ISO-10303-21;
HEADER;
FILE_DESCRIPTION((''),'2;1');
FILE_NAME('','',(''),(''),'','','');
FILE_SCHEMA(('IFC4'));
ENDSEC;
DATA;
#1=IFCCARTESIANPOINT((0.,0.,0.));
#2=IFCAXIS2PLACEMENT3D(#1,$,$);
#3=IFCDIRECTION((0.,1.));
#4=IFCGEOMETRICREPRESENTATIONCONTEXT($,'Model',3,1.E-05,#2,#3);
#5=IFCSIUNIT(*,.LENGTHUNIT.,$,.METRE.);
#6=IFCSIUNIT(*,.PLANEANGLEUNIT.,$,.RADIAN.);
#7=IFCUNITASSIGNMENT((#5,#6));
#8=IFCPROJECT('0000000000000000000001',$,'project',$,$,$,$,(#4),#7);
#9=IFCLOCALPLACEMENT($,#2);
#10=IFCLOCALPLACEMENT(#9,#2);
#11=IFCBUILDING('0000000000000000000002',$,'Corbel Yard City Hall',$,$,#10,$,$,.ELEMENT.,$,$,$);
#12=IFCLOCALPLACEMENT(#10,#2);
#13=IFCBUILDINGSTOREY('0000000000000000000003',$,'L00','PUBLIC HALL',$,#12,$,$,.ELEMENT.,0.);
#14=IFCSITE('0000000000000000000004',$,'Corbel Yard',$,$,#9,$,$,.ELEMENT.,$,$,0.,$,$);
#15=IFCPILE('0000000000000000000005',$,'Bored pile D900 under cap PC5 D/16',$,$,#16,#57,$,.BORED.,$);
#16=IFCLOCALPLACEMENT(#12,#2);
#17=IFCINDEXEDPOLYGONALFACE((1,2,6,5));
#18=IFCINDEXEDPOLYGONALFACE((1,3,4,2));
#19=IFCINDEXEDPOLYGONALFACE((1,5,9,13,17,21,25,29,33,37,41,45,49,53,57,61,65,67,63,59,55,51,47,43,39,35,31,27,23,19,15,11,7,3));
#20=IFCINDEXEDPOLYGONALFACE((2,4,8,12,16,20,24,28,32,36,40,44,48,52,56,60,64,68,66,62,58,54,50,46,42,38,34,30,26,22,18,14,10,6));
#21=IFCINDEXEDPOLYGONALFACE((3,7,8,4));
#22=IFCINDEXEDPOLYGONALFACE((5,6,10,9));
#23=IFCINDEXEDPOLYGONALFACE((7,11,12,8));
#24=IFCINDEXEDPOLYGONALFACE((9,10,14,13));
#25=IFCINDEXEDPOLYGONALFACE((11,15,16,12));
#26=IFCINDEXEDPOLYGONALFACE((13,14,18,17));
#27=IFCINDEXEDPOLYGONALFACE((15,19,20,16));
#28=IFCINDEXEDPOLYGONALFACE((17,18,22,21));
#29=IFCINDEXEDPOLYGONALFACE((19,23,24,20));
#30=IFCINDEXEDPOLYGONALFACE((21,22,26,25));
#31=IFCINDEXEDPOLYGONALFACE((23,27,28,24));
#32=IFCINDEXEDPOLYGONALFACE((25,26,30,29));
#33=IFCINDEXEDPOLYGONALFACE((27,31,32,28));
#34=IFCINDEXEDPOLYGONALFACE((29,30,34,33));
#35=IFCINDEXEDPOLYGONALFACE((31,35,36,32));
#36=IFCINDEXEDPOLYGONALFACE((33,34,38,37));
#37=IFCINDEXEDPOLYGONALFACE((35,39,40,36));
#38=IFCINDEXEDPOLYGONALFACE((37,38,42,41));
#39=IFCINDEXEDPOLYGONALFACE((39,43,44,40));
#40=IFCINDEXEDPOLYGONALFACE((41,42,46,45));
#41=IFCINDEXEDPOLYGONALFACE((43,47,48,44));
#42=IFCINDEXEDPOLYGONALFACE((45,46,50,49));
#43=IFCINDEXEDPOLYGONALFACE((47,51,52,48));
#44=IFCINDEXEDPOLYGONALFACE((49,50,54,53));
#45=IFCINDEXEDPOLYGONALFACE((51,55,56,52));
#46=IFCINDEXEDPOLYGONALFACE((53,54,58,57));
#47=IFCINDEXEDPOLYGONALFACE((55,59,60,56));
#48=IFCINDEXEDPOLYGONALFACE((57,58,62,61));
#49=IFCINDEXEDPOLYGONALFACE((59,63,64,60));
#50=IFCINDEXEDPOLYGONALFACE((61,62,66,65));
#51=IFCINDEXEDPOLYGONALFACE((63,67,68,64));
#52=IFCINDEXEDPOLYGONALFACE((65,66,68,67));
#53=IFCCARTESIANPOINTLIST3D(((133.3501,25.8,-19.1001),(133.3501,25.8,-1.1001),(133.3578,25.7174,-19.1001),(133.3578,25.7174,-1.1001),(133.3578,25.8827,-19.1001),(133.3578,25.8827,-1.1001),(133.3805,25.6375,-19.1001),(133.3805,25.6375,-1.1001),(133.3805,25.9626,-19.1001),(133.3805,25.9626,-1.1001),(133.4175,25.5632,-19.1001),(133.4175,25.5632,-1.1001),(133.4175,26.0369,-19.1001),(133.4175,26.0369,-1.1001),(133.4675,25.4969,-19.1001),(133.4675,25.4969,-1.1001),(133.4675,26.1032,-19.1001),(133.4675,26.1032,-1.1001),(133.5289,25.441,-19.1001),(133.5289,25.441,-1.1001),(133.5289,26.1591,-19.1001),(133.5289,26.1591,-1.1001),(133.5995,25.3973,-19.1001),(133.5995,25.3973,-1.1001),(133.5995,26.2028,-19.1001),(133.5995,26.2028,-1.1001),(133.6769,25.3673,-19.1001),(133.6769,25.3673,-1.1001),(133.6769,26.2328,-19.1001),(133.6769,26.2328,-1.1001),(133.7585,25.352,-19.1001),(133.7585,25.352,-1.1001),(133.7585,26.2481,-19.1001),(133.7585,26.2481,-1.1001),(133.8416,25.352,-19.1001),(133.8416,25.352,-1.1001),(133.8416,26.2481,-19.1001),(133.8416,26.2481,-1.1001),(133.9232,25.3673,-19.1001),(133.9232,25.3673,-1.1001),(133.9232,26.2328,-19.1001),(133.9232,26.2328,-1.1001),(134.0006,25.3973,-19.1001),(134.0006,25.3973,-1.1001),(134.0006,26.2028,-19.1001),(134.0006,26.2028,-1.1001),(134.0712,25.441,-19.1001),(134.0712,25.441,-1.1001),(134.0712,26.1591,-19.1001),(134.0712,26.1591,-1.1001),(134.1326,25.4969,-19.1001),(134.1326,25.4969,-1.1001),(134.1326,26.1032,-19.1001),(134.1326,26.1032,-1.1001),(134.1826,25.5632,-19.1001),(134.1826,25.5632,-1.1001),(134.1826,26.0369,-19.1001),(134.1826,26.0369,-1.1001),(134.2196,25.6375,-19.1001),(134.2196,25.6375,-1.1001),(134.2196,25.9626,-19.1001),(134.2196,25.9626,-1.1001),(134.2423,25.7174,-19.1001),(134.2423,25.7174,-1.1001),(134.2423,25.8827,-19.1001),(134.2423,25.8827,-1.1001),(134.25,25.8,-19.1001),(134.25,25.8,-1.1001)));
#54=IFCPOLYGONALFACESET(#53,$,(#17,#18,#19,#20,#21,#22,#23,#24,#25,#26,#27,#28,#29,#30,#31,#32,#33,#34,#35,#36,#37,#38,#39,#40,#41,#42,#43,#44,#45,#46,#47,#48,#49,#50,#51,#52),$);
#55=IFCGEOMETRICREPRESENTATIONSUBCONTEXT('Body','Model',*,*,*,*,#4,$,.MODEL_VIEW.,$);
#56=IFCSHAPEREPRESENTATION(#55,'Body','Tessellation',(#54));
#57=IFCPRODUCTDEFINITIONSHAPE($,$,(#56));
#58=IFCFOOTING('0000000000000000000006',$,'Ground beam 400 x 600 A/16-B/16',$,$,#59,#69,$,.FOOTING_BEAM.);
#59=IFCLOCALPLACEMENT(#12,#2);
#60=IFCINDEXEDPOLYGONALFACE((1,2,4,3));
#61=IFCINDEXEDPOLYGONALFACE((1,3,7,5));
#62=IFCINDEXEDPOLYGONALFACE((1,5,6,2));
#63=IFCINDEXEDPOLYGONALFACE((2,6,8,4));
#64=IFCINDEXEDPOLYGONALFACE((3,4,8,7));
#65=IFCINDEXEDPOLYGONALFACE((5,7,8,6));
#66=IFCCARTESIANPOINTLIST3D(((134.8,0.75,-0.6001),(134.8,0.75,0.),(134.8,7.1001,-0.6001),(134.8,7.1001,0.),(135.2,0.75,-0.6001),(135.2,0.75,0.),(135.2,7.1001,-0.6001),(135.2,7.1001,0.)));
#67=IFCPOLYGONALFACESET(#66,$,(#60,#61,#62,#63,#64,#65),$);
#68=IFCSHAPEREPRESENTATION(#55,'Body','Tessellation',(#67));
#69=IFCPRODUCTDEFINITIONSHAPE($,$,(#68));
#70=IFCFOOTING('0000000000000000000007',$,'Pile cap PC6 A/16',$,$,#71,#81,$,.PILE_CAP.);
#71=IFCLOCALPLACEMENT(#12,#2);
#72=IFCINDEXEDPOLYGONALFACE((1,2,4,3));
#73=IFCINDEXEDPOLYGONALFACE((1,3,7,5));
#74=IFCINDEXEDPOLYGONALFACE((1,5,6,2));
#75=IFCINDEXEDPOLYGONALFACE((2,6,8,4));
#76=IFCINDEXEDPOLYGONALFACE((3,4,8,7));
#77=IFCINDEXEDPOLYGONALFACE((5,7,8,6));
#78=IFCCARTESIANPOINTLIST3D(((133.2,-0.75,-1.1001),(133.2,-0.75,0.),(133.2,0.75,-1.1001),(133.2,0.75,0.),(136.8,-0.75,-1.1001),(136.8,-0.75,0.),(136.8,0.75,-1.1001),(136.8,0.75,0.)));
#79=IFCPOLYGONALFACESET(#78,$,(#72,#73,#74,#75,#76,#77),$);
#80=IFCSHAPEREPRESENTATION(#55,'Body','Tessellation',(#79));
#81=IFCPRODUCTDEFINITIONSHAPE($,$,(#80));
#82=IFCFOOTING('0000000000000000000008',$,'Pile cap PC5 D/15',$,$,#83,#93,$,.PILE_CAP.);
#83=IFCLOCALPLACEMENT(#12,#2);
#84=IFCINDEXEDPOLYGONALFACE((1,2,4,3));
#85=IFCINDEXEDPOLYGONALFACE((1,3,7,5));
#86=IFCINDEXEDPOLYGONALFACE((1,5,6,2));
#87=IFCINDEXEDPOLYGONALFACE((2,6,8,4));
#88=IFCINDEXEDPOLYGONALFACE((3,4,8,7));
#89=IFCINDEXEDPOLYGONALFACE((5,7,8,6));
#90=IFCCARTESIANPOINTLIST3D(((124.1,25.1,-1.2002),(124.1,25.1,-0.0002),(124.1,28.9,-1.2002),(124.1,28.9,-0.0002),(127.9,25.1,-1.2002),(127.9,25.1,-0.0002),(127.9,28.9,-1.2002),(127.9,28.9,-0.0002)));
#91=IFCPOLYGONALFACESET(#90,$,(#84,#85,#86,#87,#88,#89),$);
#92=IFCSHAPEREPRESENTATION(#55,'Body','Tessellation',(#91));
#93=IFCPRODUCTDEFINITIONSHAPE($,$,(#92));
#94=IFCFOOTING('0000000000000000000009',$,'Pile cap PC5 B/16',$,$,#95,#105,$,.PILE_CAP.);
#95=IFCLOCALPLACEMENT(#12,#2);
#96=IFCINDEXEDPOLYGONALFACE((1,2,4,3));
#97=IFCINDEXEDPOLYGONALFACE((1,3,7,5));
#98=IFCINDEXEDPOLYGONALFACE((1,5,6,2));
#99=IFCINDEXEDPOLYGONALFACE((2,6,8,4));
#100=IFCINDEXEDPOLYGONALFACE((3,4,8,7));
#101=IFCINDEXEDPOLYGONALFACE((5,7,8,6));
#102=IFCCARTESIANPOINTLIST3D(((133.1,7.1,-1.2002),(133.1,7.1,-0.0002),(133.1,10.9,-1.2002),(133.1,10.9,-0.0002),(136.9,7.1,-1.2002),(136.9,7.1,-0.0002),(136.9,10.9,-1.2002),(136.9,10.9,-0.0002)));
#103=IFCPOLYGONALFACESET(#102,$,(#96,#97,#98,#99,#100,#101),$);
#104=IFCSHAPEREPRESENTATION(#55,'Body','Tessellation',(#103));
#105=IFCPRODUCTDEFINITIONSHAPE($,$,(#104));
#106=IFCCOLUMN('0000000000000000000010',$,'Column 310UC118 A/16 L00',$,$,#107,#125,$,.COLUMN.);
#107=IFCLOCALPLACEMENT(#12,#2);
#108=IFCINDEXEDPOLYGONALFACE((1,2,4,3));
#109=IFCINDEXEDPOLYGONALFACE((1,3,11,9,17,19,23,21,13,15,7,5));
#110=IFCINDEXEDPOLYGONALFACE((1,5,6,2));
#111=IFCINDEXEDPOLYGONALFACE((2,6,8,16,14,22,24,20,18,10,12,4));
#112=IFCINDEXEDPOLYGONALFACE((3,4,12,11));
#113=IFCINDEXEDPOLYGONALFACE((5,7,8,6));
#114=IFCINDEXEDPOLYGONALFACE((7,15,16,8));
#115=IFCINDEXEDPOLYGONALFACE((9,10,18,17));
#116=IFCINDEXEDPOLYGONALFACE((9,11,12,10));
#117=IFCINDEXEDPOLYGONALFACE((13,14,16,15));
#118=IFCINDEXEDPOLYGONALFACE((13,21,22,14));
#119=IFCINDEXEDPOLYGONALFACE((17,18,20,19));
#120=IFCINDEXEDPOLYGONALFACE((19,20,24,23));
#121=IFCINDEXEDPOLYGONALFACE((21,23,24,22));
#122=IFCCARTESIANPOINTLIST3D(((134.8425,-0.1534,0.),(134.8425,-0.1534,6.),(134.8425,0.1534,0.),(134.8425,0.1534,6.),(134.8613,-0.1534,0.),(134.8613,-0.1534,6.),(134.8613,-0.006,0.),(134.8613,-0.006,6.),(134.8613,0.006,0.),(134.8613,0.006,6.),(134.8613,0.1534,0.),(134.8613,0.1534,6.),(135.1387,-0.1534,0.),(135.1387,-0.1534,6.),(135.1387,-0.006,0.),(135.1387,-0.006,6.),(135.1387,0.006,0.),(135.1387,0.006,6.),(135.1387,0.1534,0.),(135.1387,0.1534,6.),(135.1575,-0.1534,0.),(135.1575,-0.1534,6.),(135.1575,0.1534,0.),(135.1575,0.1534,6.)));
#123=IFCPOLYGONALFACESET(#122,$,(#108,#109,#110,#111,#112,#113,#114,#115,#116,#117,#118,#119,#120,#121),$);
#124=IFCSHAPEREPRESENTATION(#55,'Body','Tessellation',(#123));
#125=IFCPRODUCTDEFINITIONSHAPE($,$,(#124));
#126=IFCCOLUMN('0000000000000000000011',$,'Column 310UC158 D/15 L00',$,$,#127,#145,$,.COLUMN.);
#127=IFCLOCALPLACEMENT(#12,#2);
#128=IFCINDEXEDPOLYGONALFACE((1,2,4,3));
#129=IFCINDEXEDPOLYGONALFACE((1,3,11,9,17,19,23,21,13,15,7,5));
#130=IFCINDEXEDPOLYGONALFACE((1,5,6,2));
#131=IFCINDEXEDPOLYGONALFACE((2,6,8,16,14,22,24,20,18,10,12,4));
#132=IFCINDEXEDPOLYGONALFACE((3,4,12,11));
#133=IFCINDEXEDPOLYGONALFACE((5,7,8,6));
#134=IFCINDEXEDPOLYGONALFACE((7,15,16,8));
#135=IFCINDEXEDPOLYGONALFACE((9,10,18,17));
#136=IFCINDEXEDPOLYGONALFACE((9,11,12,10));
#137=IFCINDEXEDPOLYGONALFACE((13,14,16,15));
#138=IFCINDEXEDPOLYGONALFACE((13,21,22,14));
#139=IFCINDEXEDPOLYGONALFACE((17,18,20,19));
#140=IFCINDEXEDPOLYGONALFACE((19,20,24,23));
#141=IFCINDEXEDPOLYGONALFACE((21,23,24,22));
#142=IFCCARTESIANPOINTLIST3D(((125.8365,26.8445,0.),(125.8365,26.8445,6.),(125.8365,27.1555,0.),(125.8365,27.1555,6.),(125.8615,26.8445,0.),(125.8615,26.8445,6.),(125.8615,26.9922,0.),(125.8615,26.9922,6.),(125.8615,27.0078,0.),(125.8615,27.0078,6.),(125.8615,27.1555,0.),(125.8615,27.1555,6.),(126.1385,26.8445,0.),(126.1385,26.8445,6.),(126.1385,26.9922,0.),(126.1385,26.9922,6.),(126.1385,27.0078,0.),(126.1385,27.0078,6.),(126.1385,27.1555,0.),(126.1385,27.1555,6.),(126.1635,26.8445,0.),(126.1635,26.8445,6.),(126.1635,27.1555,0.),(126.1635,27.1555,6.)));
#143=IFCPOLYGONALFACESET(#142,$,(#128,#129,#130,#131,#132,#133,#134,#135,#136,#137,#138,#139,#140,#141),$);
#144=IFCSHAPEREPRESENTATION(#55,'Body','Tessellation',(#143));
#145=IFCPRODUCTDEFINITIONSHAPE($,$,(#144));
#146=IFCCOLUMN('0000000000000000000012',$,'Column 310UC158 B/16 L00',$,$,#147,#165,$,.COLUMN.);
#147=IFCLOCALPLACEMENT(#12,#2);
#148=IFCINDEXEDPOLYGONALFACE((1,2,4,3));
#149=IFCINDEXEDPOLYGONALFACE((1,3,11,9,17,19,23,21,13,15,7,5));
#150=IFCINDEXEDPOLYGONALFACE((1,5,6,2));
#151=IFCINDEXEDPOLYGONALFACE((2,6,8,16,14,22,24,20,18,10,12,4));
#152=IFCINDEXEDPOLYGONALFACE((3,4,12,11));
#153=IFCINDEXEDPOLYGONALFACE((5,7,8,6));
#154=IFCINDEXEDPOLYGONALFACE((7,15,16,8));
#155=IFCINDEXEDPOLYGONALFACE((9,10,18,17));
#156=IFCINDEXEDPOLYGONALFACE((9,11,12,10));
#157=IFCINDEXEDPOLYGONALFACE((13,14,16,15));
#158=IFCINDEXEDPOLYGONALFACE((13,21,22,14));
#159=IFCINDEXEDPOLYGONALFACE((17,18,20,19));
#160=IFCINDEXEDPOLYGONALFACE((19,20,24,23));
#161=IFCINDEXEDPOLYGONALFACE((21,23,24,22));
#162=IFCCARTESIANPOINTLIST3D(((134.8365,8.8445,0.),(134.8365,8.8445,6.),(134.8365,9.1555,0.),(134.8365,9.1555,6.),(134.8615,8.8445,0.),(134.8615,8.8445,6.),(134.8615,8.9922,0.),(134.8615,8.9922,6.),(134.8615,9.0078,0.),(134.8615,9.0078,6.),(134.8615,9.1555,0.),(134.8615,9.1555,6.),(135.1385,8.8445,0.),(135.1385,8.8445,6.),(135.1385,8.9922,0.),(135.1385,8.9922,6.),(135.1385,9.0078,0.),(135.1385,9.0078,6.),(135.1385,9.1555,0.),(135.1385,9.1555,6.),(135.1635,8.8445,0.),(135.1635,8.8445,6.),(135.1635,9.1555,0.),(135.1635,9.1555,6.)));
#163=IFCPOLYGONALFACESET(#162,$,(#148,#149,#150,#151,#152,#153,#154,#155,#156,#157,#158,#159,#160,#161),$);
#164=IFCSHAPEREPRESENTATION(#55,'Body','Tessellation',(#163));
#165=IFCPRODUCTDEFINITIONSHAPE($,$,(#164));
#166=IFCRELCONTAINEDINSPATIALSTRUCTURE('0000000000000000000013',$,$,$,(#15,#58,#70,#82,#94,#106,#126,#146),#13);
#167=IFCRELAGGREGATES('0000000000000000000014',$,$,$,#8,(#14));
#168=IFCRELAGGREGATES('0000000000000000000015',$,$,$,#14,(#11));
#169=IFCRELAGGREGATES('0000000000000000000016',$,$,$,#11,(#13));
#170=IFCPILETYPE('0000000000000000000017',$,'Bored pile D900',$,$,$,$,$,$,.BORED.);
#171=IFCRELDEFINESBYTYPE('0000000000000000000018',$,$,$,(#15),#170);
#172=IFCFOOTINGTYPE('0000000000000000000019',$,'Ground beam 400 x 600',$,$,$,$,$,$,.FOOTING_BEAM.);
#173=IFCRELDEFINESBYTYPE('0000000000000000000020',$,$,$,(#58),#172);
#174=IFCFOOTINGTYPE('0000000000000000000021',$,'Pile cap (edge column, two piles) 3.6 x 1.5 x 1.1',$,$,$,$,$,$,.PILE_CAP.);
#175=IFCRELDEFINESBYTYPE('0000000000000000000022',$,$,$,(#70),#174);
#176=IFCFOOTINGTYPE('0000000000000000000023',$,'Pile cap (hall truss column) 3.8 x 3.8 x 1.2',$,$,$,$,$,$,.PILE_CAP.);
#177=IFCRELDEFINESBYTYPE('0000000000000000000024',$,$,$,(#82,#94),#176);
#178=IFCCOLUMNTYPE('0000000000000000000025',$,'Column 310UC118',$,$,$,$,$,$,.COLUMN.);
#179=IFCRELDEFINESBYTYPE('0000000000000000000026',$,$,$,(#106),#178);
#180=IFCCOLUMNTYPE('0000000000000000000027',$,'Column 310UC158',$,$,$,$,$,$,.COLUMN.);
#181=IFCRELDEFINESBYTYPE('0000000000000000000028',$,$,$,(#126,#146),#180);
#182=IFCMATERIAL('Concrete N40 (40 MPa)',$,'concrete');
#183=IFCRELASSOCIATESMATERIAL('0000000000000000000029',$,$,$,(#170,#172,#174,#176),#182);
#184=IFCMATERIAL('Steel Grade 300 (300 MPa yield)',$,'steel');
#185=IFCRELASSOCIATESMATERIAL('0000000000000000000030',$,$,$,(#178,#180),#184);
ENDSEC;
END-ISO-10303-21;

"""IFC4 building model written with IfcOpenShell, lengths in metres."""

from ifc_helpers import new_model, si_unit, direction, frame, origin, origin_2d, place, context, subcontext, project, spatial, rectangle, circle, i_section, extrude, material, material_profile, profile_set, type_object, element, save


model = new_model("IFC4")

# Units and contexts
model_context = context("Model", 3, precision=1e-05, world=origin(), true_north=direction((0.0, 1.0)))
body_context = subcontext(model_context, "Body", "Model", "MODEL_VIEW")
ifc_project = project(units=[si_unit("LENGTHUNIT", "METRE"), si_unit("PLANEANGLEUNIT", "RADIAN")], contexts=[model_context])

# Site, building, storey
site_placement = place(None, origin())
site = spatial("IfcSite", under=ifc_project, at=site_placement, Name="Corbel Yard", CompositionType="ELEMENT", RefElevation=0.0)
building_placement = place(site_placement, origin())
building = spatial("IfcBuilding", under=site, at=building_placement, Name="Corbel Yard City Hall", CompositionType="ELEMENT")
storey_placement = place(building_placement, origin())
storey = spatial("IfcBuildingStorey", under=building, at=storey_placement, Name="L00", Description="PUBLIC HALL", CompositionType="ELEMENT", Elevation=0.0)

# Pile
ifc_material_1 = material(Name="Concrete N40 (40 MPa)", Category="concrete")
ifc_material_profile_1 = material_profile(ifc_material_1, circle(Radius=0.45, at=origin_2d()), Name="D900")
ifc_profile_set_1 = profile_set([ifc_material_profile_1], Name="Concrete N40 (40 MPa)")
pile_type = type_object("IfcPileType", Name="Bored pile D900", PredefinedType="BORED", material=ifc_profile_set_1)
for number, where, z_axis, x_axis, name in (
    (1, (133.8, 25.8, -1.1001), (0.0, 0.0, -1.0), (1.0, 0.0, 0.0), "Bored pile D900 under cap PC5 D/16"),
):
    element("IfcPile", number, at=place(storey_placement, frame(where, z_axis=z_axis, x_axis=x_axis)), inside=storey, type_object=pile_type, Name=name, PredefinedType="BORED", context=body_context, shape_type="SweptSolid", body=[
        extrude(circle(Radius=0.45, at=origin_2d()), origin(), (0.0, 0.0, 1.0), 18.0),
    ])

# Footings
footing_type_1 = type_object("IfcFootingType", Name="Ground beam 400 x 600", PredefinedType="FOOTING_BEAM", material=ifc_material_1)
footing_1_placement = place(storey_placement, frame((135.0, 3.925, -0.6001), z_axis=(0.0, 0.0, 1.0), x_axis=(1.0, 0.0, 0.0)))
element("IfcFooting", 2, at=footing_1_placement, inside=storey, type_object=footing_type_1, Name="Ground beam 400 x 600 A/16-B/16", PredefinedType="FOOTING_BEAM", context=body_context, shape_type="SweptSolid", body=[
    extrude(rectangle(XDim=0.3999, YDim=6.3501, at=origin_2d()), origin(), (0.0, 0.0, 1.0), 0.6001),
])
footing_type_2 = type_object("IfcFootingType", Name="Pile cap (edge column, two piles) 3.6 x 1.5 x 1.1", PredefinedType="PILE_CAP", material=ifc_material_1)
footing_2_placement = place(storey_placement, frame((135.0, 0.0, -1.1001), z_axis=(0.0, 0.0, 1.0), x_axis=(1.0, 0.0, 0.0)))
element("IfcFooting", 3, at=footing_2_placement, inside=storey, type_object=footing_type_2, Name="Pile cap PC6 A/16", PredefinedType="PILE_CAP", context=body_context, shape_type="SweptSolid", body=[
    extrude(rectangle(XDim=3.6001, YDim=1.5, at=origin_2d()), origin(), (0.0, 0.0, 1.0), 1.1001),
])
footing_type_3 = type_object("IfcFootingType", Name="Pile cap (hall truss column) 3.8 x 3.8 x 1.2", PredefinedType="PILE_CAP", material=ifc_material_1)
for number, where, z_axis, x_axis, name in (
    (4, (126.0, 27.0, -1.2002), (0.0, 0.0, 1.0), (1.0, 0.0, 0.0), "Pile cap PC5 D/15"),
    (5, (135.0, 9.0, -1.2002), (0.0, 0.0, 1.0), (1.0, 0.0, 0.0), "Pile cap PC5 B/16"),
):
    element("IfcFooting", number, at=place(storey_placement, frame(where, z_axis=z_axis, x_axis=x_axis)), inside=storey, type_object=footing_type_3, Name=name, PredefinedType="PILE_CAP", context=body_context, shape_type="SweptSolid", body=[
        extrude(rectangle(XDim=3.8, YDim=3.8, at=origin_2d()), origin(), (0.0, 0.0, 1.0), 1.2),
    ])

# Columns
ifc_material_2 = material(Name="Steel Grade 300 (300 MPa yield)", Category="steel")
ifc_material_profile_2 = material_profile(ifc_material_2, i_section(OverallWidth=0.3069, OverallDepth=0.3149, WebThickness=0.012, FlangeThickness=0.0188, at=origin_2d()), Name="310UC118")
ifc_profile_set_2 = profile_set([ifc_material_profile_2], Name="Steel Grade 300 (300 MPa yield)")
column_type_1 = type_object("IfcColumnType", Name="Column 310UC118", PredefinedType="COLUMN", material=ifc_profile_set_2)
column_placement = place(storey_placement, frame((135.0, 0.0, 0.0), z_axis=(0.0, 0.0, 1.0), x_axis=(0.0, 1.0, 0.0)))
element("IfcColumn", 6, at=column_placement, inside=storey, type_object=column_type_1, Name="Column 310UC118 A/16 L00", PredefinedType="COLUMN", context=body_context, shape_type="SweptSolid", body=[
    extrude(i_section(OverallWidth=0.3069, OverallDepth=0.3149, WebThickness=0.012, FlangeThickness=0.0188, at=origin_2d()), origin(), (0.0, 0.0, 1.0), 6.0),
])
ifc_material_profile_3 = material_profile(ifc_material_2, i_section(OverallWidth=0.311, OverallDepth=0.3269, WebThickness=0.0156, FlangeThickness=0.0249, at=origin_2d()), Name="310UC158")
ifc_profile_set_3 = profile_set([ifc_material_profile_3], Name="Steel Grade 300 (300 MPa yield)")
column_type_2 = type_object("IfcColumnType", Name="Column 310UC158", PredefinedType="COLUMN", material=ifc_profile_set_3)
for number, where, z_axis, x_axis, name in (
    (7, (126.0, 27.0, 0.0), (0.0, 0.0, 1.0), (0.0, 1.0, 0.0), "Column 310UC158 D/15 L00"),
    (8, (135.0, 9.0, 0.0), (0.0, 0.0, 1.0), (0.0, 1.0, 0.0), "Column 310UC158 B/16 L00"),
):
    element("IfcColumn", number, at=place(storey_placement, frame(where, z_axis=z_axis, x_axis=x_axis)), inside=storey, type_object=column_type_2, Name=name, PredefinedType="COLUMN", context=body_context, shape_type="SweptSolid", body=[
        extrude(i_section(OverallWidth=0.311, OverallDepth=0.3269, WebThickness=0.0156, FlangeThickness=0.0249, at=origin_2d()), origin(), (0.0, 0.0, 1.0), 6.0),
    ])

save(model, "model.ifc")
